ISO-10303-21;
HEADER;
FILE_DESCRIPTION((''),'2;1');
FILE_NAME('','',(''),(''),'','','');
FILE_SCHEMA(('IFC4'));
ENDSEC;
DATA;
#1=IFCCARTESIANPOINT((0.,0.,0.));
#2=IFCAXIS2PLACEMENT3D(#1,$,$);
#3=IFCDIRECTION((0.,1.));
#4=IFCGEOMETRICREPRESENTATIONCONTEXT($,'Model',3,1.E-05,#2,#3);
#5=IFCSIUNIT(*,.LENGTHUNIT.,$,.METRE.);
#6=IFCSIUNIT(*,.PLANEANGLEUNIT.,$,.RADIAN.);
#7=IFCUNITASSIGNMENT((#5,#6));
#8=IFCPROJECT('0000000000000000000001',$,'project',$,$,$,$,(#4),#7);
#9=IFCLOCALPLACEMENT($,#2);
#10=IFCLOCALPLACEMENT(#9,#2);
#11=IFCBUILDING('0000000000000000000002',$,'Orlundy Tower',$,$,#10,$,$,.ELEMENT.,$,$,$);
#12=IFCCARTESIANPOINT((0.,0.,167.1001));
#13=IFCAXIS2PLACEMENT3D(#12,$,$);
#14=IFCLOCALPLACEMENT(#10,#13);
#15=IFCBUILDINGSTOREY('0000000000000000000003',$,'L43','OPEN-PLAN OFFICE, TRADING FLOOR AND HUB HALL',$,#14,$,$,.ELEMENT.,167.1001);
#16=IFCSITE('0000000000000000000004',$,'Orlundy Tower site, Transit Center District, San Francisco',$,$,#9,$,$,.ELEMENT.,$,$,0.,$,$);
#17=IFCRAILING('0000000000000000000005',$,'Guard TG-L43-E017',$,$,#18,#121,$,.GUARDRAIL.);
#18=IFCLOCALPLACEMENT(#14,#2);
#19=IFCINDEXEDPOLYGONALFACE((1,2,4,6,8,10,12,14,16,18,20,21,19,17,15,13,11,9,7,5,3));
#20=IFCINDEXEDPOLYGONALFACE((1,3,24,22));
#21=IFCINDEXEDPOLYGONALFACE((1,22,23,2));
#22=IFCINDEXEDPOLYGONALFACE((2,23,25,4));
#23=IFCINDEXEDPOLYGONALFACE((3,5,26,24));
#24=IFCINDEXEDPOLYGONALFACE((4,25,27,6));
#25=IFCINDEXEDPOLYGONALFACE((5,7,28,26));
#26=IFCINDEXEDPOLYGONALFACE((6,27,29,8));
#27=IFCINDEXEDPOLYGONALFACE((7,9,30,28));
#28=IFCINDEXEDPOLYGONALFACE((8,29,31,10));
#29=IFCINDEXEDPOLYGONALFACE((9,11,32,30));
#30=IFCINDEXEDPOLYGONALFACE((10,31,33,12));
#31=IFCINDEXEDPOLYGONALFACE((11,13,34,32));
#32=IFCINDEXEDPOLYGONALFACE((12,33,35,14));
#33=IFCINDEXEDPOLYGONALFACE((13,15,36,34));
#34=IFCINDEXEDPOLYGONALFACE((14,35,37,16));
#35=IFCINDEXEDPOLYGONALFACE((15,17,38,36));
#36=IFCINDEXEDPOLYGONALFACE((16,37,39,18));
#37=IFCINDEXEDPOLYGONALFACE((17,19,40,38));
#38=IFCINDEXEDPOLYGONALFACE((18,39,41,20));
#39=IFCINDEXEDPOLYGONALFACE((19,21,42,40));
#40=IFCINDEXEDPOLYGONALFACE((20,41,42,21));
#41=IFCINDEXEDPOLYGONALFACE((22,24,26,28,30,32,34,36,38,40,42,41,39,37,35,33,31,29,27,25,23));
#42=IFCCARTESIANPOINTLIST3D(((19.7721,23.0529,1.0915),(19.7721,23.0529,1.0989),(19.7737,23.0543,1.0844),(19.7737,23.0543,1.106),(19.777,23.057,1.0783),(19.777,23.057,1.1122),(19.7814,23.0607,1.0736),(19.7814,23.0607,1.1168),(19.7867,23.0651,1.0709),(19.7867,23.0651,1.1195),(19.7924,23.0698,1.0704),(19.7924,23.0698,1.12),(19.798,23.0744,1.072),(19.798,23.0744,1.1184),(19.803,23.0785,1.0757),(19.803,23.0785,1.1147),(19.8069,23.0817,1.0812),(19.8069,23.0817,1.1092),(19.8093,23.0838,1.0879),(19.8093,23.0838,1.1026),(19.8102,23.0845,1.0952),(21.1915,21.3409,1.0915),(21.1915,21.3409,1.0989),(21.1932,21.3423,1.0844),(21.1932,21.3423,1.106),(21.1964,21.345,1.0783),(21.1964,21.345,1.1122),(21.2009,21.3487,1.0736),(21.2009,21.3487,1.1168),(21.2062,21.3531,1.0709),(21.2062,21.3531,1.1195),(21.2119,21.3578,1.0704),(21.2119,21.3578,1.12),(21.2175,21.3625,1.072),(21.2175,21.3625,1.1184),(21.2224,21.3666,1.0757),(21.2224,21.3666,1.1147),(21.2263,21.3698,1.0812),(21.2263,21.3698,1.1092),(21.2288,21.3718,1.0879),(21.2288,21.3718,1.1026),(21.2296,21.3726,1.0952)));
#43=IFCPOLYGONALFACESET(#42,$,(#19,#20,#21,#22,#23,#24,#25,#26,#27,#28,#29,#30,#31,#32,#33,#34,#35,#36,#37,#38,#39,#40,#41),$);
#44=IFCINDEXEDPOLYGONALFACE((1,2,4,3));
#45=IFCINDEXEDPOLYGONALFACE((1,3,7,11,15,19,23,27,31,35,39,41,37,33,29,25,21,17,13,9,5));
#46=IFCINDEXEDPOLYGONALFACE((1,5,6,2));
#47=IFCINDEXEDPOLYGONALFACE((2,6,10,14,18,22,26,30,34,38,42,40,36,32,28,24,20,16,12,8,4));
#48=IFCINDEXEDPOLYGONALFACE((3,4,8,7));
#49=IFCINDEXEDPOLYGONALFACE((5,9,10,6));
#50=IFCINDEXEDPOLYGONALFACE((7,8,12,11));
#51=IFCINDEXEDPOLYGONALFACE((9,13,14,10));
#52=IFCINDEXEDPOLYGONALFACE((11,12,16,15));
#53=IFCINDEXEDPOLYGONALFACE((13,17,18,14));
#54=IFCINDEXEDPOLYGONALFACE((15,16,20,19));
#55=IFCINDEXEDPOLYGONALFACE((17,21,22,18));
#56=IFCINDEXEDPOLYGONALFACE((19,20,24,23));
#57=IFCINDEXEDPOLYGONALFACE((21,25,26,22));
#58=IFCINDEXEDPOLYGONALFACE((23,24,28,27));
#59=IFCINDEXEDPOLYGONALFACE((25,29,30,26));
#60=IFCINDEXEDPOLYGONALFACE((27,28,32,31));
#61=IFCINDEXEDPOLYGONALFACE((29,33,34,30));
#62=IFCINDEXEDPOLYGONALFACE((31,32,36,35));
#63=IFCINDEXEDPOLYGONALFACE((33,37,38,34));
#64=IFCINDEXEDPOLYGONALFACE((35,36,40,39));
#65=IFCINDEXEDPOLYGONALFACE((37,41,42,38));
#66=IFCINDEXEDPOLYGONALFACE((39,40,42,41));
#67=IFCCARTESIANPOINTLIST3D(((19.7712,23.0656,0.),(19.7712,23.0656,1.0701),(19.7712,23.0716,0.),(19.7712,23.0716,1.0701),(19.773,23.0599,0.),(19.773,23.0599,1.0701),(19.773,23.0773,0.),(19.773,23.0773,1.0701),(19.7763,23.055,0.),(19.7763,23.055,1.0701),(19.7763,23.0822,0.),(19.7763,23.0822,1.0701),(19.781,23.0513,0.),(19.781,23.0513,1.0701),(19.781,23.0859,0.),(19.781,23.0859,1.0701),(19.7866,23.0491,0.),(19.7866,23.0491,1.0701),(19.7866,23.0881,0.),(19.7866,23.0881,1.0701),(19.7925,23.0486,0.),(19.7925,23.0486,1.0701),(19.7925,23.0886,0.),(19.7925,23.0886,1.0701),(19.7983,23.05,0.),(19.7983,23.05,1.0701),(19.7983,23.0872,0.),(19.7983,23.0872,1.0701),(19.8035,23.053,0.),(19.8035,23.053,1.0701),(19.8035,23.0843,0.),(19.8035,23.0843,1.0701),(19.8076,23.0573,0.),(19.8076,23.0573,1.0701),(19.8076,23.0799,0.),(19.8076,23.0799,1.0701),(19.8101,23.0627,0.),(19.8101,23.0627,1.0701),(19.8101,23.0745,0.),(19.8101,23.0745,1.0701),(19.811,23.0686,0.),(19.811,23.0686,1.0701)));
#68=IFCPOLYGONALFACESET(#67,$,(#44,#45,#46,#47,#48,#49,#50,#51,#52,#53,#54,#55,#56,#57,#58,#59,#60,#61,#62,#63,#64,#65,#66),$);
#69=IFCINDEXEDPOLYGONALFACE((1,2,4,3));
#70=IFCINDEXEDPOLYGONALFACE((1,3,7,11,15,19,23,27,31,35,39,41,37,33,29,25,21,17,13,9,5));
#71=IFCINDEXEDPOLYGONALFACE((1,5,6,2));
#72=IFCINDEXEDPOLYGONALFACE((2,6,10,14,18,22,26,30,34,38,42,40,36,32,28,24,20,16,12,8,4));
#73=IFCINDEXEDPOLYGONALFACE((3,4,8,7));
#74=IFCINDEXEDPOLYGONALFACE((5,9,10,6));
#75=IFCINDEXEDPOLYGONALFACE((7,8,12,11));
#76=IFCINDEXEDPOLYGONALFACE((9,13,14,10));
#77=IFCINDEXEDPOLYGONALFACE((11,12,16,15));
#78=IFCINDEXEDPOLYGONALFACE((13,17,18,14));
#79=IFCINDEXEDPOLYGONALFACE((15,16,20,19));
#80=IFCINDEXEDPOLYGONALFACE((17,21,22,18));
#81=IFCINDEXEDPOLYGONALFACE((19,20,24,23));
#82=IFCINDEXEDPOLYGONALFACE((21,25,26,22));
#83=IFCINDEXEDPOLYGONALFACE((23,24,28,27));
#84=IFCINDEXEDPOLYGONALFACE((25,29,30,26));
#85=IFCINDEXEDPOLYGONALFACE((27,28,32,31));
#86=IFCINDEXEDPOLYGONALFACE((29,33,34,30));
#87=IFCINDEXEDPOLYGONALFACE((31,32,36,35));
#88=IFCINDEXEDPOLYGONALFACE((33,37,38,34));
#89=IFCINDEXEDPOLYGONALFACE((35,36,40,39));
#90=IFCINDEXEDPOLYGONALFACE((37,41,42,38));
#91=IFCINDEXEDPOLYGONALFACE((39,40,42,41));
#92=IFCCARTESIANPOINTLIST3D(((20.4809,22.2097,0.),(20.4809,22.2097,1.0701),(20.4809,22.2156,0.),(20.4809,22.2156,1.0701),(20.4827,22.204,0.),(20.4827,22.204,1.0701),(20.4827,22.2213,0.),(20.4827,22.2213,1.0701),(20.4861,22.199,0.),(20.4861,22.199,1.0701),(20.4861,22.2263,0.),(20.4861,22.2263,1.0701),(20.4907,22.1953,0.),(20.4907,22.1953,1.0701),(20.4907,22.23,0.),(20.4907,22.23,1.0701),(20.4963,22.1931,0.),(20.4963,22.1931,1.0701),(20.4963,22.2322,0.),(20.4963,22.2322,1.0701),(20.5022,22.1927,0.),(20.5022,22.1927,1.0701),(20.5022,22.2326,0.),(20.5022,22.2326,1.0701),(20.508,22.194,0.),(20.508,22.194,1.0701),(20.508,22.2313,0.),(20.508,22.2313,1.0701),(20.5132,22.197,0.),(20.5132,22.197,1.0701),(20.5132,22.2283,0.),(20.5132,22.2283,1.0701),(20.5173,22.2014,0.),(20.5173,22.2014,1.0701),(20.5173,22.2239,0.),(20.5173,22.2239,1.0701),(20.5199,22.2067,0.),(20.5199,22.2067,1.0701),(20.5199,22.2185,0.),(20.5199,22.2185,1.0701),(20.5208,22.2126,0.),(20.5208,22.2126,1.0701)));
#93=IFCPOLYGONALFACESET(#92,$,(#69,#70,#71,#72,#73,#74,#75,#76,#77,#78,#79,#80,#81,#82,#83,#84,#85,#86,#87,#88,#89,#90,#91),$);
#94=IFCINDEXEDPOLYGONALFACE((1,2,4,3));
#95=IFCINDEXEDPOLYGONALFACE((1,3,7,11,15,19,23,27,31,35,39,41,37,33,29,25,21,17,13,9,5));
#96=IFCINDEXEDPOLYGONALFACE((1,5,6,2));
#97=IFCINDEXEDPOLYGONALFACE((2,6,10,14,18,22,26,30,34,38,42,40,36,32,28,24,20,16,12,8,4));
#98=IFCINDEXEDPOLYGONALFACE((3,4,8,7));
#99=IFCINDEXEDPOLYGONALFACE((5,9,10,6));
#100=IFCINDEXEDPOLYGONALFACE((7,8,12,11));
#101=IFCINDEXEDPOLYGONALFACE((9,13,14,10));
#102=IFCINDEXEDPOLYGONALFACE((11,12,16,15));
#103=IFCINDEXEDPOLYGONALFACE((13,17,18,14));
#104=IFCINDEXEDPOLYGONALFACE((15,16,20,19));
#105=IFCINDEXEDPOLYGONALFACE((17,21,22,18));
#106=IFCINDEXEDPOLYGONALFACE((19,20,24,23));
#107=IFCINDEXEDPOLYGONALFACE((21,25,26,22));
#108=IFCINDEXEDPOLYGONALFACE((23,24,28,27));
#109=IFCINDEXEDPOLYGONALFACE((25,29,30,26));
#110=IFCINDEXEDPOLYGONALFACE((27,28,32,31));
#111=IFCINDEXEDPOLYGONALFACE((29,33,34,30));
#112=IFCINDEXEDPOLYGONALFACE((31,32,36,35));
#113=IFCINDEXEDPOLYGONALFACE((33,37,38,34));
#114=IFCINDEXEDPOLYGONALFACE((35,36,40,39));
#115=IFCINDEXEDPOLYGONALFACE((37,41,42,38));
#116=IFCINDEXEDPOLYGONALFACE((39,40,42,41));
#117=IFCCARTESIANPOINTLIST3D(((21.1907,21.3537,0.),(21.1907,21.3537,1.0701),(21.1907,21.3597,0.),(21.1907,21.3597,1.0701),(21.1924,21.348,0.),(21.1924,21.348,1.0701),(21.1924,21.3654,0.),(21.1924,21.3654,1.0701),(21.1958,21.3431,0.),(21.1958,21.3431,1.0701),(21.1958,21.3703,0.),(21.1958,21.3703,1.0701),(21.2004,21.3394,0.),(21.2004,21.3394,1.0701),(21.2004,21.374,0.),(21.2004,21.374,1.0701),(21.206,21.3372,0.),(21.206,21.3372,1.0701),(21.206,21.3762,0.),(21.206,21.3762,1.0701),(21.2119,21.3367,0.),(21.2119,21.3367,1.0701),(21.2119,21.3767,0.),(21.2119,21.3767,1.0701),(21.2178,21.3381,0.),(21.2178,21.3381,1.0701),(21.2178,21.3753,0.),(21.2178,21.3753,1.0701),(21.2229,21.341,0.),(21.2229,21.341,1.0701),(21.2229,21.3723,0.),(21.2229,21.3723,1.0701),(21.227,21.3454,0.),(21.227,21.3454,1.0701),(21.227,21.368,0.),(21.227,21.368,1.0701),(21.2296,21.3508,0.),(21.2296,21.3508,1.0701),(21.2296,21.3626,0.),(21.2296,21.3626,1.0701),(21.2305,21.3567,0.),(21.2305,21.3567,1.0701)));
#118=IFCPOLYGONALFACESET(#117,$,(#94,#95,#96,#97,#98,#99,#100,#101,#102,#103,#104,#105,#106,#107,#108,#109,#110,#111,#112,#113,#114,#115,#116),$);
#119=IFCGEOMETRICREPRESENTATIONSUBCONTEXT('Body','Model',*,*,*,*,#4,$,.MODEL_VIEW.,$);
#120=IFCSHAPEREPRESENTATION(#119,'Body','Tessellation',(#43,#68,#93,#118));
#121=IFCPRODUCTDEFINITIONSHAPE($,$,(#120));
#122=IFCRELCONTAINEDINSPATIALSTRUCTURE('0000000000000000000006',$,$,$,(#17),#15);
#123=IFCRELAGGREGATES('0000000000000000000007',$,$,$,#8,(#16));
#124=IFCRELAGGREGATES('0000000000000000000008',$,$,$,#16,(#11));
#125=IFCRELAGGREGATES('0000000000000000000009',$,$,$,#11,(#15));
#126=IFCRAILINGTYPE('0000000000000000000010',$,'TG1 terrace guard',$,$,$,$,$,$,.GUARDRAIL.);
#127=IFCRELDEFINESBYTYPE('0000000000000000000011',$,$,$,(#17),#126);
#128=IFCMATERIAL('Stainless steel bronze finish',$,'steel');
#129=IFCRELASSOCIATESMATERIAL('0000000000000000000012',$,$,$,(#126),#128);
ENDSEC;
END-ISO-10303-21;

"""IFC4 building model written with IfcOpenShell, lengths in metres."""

from ifc_helpers import new_model, si_unit, direction, frame, origin, origin_2d, place, context, subcontext, project, spatial, circle, extrude, material, type_object, element, save


model = new_model("IFC4")

# Units and contexts
model_context = context("Model", 3, precision=1e-05, world=origin(), true_north=direction((0.0, 1.0)))
body_context = subcontext(model_context, "Body", "Model", "MODEL_VIEW")
ifc_project = project(units=[si_unit("LENGTHUNIT", "METRE"), si_unit("PLANEANGLEUNIT", "RADIAN")], contexts=[model_context])

# Site, building, storey
site_placement = place(None, origin())
site = spatial("IfcSite", under=ifc_project, at=site_placement, Name="Orlundy Tower site, Transit Center District, San Francisco", CompositionType="ELEMENT", RefElevation=0.0)
building_placement = place(site_placement, origin())
building = spatial("IfcBuilding", under=site, at=building_placement, Name="Orlundy Tower", CompositionType="ELEMENT")
storey_placement = place(building_placement, frame((0.0, 0.0, 167.1001)))
storey = spatial("IfcBuildingStorey", under=building, at=storey_placement, Name="L43", Description="OPEN-PLAN OFFICE, TRADING FLOOR AND HUB HALL", CompositionType="ELEMENT", Elevation=167.1001)

# Railing
ifc_material_1 = material(Name="Stainless steel bronze finish", Category="steel")
railing_type_1 = type_object("IfcRailingType", Name="TG1 terrace guard", PredefinedType="GUARDRAIL", material=ifc_material_1)
railing_1_placement = place(storey_placement, frame((19.791, 23.0686, 0.0)))
element("IfcRailing", 1, at=railing_1_placement, inside=storey, type_object=railing_type_1, Name="Guard TG-L43-E017", PredefinedType="GUARDRAIL", context=body_context, shape_type="SweptSolid", body=[
    extrude(circle(Radius=0.0249, at=origin_2d()), frame((0.0, 0.0, 1.0952), z_axis=(0.638282, -0.769803, 0.0), x_axis=(0.769803, 0.638282, 0.0)), (0.0, 0.0, 1.0), 2.2239),
    extrude(circle(Radius=0.02, at=origin_2d()), origin(), (0.0, 0.0, 1.0), 1.0701),
    extrude(circle(Radius=0.02, at=origin_2d()), frame((0.7097, -0.856, 0.0)), (0.0, 0.0, 1.0), 1.0701),
    extrude(circle(Radius=0.02, at=origin_2d()), frame((1.4194, -1.7119, 0.0)), (0.0, 0.0, 1.0), 1.0701),
])

save(model, "model.ifc")
